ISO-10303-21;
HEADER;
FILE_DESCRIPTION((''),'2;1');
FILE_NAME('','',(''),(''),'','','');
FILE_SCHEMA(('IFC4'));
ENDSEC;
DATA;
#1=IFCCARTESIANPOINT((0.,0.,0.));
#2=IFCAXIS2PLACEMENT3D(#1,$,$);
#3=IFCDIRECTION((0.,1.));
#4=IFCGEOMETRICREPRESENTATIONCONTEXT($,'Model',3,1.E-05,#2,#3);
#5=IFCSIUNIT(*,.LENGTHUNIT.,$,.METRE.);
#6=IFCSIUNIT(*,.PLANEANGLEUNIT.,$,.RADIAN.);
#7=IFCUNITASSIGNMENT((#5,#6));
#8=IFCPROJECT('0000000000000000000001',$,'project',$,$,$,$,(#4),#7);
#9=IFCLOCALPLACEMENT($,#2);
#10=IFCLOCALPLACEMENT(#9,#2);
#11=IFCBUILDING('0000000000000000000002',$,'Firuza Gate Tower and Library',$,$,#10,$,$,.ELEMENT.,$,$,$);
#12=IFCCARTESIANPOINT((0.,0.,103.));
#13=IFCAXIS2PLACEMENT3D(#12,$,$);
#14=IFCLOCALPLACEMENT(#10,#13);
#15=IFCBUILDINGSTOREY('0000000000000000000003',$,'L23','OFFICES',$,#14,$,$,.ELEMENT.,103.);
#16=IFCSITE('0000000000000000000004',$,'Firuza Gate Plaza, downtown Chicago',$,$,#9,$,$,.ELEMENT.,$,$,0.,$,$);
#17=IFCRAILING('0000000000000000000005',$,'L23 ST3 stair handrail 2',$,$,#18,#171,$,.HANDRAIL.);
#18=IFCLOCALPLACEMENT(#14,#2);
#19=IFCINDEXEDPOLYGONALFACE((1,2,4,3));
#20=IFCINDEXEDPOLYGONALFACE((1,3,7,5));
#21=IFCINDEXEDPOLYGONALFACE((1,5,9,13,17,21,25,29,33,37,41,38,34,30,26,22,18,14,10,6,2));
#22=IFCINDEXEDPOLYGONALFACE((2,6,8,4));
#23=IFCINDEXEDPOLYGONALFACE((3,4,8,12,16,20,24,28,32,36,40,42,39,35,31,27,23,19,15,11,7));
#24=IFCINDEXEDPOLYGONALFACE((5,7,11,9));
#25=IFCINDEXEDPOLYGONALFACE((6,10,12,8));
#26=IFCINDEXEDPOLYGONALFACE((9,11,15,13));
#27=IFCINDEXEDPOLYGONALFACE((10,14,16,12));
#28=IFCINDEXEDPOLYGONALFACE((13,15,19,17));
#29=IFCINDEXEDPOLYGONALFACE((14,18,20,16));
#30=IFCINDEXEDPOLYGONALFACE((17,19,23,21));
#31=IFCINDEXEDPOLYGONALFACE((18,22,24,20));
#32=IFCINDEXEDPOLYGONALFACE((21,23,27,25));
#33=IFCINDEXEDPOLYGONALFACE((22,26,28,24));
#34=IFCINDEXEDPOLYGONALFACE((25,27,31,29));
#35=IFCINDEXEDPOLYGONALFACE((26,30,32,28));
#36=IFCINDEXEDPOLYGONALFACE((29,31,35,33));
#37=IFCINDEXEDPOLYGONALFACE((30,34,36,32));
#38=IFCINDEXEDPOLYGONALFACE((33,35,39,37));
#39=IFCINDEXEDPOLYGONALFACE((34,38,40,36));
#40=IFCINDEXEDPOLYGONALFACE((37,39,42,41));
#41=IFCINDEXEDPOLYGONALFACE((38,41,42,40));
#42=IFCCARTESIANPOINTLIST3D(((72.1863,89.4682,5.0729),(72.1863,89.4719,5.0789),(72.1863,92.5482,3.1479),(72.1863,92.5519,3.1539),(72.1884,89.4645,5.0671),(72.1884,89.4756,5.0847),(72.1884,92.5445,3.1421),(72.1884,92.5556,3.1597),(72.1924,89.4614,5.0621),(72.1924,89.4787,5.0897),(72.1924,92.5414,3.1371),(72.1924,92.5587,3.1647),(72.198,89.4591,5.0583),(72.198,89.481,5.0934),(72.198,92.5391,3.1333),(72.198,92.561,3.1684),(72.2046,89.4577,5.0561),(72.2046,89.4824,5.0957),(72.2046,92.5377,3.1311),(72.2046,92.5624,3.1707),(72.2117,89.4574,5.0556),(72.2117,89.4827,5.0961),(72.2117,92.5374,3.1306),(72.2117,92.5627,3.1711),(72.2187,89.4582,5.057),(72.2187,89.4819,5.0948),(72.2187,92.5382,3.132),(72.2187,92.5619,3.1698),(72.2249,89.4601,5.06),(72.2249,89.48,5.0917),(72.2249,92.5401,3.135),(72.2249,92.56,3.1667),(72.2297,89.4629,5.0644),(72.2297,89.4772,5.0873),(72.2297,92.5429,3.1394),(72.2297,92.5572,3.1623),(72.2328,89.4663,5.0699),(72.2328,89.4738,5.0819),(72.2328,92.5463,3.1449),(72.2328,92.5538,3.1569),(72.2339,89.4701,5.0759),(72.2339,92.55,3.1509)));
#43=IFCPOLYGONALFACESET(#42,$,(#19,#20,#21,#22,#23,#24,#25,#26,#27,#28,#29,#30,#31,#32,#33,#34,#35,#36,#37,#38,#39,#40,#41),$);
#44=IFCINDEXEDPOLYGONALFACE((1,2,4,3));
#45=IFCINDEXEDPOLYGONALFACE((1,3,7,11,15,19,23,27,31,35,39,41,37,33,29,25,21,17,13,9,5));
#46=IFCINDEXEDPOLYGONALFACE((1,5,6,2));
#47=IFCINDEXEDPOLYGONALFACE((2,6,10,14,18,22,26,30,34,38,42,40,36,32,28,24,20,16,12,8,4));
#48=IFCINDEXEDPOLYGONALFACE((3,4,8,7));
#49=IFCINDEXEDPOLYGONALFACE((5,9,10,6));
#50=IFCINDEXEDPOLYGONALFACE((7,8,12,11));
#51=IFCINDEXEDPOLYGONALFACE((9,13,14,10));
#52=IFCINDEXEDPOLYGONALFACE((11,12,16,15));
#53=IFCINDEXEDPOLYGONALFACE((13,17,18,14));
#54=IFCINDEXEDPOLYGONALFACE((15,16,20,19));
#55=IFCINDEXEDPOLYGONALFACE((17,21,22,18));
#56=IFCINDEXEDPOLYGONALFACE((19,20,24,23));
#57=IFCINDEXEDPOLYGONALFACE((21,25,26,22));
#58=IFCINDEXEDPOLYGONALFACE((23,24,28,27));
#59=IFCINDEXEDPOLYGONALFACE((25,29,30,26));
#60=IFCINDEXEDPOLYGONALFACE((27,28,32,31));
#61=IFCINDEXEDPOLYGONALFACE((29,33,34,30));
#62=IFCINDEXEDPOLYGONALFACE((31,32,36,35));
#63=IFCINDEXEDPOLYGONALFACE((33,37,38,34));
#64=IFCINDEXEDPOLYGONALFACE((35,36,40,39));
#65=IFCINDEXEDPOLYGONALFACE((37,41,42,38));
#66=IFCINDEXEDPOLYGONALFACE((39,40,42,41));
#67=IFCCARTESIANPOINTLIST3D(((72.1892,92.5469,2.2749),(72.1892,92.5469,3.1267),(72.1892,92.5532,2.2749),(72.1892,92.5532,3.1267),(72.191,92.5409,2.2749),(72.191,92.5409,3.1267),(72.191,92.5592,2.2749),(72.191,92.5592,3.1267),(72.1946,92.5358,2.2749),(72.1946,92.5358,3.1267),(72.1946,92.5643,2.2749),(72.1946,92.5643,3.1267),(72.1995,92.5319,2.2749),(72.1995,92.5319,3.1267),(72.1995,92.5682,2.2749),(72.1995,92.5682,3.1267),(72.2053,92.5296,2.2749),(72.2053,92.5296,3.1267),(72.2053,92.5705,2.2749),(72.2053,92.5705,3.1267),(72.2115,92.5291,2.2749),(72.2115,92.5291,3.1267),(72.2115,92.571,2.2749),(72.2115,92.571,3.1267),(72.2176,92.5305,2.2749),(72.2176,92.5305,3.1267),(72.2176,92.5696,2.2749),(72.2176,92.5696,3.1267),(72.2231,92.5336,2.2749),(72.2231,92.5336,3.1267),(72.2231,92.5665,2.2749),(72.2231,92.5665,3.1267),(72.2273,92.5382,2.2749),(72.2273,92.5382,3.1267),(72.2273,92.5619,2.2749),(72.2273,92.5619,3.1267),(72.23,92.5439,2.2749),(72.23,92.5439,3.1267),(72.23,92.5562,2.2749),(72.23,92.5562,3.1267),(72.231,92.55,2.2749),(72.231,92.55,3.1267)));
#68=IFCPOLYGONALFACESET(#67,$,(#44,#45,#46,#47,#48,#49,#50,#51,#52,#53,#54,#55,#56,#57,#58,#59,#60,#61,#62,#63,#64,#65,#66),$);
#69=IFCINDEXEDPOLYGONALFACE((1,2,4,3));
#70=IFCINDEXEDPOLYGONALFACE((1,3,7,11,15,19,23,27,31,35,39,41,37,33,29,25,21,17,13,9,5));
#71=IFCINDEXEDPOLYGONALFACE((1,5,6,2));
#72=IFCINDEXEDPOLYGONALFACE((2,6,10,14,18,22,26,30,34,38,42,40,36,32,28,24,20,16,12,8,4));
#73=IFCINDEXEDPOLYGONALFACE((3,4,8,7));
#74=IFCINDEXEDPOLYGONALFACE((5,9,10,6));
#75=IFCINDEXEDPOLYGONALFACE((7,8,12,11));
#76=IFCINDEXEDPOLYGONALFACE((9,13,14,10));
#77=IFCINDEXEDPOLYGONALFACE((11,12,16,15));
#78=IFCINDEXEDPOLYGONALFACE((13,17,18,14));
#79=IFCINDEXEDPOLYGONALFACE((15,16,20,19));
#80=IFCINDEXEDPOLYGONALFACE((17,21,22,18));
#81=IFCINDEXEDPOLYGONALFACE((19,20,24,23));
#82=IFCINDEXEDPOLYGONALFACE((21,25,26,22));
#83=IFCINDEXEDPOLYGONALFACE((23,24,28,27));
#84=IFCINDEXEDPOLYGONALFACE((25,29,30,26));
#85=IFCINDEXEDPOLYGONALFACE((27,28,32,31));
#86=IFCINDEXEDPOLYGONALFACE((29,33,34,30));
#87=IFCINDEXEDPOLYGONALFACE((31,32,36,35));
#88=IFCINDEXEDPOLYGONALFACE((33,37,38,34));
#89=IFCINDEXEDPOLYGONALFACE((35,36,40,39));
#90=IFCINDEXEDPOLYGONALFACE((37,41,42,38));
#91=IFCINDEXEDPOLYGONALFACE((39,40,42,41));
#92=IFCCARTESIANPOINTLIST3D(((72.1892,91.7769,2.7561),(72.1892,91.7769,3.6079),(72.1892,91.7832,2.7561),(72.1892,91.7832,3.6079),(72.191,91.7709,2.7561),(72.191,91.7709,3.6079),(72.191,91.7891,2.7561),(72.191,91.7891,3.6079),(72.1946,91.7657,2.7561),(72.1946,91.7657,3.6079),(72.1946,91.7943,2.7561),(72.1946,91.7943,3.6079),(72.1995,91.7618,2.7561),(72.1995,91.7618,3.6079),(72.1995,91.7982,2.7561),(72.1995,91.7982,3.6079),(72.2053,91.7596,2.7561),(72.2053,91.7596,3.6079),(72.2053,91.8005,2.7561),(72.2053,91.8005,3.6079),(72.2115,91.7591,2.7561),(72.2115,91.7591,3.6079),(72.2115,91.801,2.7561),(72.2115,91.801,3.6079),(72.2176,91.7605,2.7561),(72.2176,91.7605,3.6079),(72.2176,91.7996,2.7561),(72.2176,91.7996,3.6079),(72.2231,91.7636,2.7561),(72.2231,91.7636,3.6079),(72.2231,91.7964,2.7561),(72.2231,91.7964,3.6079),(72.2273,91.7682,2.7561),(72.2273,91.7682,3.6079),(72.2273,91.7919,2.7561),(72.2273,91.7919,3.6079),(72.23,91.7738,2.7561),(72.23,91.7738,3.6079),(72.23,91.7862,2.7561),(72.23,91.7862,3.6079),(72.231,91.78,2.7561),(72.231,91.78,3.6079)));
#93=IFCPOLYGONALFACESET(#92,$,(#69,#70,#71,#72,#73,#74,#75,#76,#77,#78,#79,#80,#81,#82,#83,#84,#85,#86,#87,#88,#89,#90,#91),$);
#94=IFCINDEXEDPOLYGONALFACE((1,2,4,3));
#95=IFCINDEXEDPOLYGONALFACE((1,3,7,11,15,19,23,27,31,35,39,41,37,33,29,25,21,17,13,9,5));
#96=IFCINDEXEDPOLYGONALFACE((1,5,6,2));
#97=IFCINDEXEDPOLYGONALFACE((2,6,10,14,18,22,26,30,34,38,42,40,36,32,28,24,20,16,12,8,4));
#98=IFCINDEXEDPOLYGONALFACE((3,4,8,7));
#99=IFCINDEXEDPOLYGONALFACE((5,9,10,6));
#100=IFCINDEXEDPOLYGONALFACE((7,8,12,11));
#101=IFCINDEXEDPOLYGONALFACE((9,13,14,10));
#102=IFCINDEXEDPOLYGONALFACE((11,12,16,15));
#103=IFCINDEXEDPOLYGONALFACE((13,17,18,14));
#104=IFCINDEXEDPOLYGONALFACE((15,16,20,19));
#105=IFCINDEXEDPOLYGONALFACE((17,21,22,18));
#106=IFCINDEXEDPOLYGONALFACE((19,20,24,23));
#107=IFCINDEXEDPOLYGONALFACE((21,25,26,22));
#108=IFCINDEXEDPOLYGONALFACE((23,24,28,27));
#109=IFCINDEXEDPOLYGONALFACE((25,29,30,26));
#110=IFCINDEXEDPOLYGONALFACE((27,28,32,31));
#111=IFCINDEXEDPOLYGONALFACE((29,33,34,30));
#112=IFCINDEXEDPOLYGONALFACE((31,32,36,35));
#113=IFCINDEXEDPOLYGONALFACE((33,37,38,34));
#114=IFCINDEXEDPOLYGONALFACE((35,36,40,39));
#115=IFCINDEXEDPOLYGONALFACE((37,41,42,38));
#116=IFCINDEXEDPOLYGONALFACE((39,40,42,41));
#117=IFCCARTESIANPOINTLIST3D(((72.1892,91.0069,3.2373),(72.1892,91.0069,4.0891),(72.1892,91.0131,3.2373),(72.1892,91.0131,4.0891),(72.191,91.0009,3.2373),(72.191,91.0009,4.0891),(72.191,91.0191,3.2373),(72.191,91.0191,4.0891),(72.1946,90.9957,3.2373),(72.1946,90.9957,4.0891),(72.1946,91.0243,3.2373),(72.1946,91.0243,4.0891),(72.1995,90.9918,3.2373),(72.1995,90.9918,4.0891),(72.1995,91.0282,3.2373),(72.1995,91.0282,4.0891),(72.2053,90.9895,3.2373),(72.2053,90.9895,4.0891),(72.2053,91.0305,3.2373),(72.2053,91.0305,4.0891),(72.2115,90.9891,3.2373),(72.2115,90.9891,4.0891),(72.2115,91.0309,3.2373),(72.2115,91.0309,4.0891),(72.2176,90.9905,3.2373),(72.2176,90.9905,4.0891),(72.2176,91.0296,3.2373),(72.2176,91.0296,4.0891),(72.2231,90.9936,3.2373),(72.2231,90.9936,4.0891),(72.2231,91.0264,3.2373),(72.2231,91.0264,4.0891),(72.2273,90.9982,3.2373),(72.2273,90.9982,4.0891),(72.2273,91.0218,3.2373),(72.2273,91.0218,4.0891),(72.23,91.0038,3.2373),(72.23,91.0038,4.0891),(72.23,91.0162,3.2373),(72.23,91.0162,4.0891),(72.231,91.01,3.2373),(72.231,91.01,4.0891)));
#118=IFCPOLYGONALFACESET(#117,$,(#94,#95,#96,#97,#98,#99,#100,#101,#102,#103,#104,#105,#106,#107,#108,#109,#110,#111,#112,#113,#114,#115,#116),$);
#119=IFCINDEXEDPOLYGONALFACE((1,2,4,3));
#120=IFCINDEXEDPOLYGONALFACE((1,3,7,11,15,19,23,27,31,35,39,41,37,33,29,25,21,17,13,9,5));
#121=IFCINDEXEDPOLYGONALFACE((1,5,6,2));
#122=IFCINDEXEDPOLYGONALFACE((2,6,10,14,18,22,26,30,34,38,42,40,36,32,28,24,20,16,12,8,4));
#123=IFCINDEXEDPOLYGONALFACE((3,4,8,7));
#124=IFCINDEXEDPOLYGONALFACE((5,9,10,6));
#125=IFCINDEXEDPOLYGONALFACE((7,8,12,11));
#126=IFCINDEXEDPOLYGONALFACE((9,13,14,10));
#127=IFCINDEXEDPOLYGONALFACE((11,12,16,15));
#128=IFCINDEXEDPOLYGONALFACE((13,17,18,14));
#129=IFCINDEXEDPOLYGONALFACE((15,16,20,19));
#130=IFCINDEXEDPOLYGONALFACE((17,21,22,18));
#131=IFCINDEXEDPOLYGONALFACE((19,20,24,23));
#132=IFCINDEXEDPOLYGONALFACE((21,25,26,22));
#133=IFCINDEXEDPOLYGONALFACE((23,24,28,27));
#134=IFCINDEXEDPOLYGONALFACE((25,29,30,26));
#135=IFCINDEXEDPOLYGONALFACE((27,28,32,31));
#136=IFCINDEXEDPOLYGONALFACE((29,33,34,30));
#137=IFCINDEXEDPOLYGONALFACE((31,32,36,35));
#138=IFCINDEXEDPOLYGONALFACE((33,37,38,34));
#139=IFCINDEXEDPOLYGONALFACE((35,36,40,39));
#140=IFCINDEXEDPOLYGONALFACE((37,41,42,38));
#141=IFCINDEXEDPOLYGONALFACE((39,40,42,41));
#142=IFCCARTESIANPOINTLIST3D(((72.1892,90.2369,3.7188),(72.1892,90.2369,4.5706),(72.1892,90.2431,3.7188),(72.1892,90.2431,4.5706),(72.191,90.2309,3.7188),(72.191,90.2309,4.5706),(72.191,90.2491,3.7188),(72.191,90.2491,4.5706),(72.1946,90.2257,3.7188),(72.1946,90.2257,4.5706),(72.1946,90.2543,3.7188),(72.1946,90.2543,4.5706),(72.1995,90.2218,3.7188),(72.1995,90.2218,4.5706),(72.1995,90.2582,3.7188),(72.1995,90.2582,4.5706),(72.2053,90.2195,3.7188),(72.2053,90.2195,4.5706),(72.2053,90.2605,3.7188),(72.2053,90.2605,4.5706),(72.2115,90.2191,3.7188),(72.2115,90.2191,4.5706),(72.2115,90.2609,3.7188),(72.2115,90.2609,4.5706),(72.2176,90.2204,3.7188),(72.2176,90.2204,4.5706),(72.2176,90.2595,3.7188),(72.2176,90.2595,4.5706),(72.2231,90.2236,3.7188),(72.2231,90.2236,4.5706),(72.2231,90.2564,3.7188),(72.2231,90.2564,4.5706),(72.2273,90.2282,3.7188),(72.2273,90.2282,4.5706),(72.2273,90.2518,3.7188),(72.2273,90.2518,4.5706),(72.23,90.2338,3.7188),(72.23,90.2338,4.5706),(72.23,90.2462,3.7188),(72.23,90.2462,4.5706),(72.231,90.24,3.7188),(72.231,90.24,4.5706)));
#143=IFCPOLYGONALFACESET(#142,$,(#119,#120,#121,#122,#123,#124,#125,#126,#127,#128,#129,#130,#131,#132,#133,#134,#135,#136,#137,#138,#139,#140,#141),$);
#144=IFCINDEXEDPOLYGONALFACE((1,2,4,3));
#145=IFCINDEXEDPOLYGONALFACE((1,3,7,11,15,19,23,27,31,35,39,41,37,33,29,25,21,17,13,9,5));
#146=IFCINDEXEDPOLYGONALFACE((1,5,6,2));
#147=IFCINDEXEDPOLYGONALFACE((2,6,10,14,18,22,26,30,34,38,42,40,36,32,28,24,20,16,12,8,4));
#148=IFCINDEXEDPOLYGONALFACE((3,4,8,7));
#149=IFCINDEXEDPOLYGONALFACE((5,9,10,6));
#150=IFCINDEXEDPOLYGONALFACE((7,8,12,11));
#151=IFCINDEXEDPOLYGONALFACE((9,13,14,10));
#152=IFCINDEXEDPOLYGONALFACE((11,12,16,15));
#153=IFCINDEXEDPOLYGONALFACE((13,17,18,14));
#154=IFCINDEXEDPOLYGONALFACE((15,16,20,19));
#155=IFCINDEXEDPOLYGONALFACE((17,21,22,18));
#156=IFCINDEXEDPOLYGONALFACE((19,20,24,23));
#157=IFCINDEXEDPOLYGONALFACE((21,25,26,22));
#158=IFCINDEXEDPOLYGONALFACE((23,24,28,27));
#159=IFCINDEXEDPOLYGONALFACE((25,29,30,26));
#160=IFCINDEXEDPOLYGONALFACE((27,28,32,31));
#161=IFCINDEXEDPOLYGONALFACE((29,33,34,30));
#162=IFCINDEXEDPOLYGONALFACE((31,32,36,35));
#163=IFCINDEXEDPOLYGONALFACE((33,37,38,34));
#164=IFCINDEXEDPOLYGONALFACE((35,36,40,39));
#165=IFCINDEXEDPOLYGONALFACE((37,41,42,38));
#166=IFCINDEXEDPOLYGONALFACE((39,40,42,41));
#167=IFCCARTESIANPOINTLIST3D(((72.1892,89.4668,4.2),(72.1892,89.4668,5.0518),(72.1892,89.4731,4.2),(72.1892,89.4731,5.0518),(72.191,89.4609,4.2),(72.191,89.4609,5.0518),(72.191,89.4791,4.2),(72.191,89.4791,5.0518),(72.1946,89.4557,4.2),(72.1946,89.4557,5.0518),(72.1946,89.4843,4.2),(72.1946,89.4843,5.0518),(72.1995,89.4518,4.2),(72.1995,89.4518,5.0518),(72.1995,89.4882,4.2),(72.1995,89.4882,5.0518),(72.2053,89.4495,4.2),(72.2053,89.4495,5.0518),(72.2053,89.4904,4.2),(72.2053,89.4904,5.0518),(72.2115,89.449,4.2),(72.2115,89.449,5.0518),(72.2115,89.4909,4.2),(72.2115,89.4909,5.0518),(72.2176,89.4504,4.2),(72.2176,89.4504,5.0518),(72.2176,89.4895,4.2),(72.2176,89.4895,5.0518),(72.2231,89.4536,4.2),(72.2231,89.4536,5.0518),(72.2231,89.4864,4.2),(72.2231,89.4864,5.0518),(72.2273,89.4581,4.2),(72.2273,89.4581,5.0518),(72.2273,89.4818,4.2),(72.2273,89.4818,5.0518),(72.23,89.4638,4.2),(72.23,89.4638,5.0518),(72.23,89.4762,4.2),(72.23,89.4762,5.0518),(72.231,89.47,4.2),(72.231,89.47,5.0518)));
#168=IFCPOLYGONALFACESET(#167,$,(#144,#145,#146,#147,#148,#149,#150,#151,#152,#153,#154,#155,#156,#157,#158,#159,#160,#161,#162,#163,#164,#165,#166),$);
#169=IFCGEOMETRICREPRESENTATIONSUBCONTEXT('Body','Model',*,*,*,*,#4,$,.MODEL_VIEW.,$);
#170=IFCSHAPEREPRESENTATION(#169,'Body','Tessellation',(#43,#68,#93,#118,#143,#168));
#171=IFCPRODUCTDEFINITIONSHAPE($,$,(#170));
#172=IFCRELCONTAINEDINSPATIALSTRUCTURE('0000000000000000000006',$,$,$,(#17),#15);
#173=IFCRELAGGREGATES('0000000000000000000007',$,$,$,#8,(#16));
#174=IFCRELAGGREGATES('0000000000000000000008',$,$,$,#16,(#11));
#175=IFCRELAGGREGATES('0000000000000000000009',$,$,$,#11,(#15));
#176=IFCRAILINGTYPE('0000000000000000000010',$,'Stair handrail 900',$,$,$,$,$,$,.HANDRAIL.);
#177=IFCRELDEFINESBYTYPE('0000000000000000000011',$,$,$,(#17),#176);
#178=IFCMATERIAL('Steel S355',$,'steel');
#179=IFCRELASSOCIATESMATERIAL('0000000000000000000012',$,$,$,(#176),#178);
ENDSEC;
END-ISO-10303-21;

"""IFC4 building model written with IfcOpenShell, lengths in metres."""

from ifc_helpers import new_model, si_unit, direction, frame, origin, origin_2d, place, context, subcontext, project, spatial, circle, extrude, material, type_object, element, save


model = new_model("IFC4")

# Units and contexts
model_context = context("Model", 3, precision=1e-05, world=origin(), true_north=direction((0.0, 1.0)))
body_context = subcontext(model_context, "Body", "Model", "MODEL_VIEW")
ifc_project = project(units=[si_unit("LENGTHUNIT", "METRE"), si_unit("PLANEANGLEUNIT", "RADIAN")], contexts=[model_context])

# Site, building, storey
site_placement = place(None, origin())
site = spatial("IfcSite", under=ifc_project, at=site_placement, Name="Firuza Gate Plaza, downtown Chicago", CompositionType="ELEMENT", RefElevation=0.0)
building_placement = place(site_placement, origin())
building = spatial("IfcBuilding", under=site, at=building_placement, Name="Firuza Gate Tower and Library", CompositionType="ELEMENT")
storey_placement = place(building_placement, frame((0.0, 0.0, 103.0)))
storey = spatial("IfcBuildingStorey", under=building, at=storey_placement, Name="L23", Description="OFFICES", CompositionType="ELEMENT", Elevation=103.0)

# Railing
ifc_material_1 = material(Name="Steel S355", Category="steel")
railing_type = type_object("IfcRailingType", Name="Stair handrail 900", PredefinedType="HANDRAIL", material=ifc_material_1)
railing_1_placement = place(storey_placement, frame((72.21, 92.55, 2.2749)))
element("IfcRailing", 1, at=railing_1_placement, inside=storey, type_object=railing_type, Name="L23 ST3 stair handrail 2", PredefinedType="HANDRAIL", context=body_context, shape_type="SweptSolid", body=[
    extrude(circle(Radius=0.0239, at=origin_2d()), frame((0.0, 0.0, 0.876), z_axis=(0.0, -0.847998, 0.529999), x_axis=(1.0, 0.0, 0.0)), (0.0, 0.0, 1.0), 3.6321),
    extrude(circle(Radius=0.021, at=origin_2d()), origin(), (0.0, 0.0, 1.0), 0.8518),
    extrude(circle(Radius=0.021, at=origin_2d()), frame((0.0, -0.77, 0.4812)), (0.0, 0.0, 1.0), 0.8518),
    extrude(circle(Radius=0.021, at=origin_2d()), frame((0.0, -1.54, 0.9624)), (0.0, 0.0, 1.0), 0.8518),
    extrude(circle(Radius=0.021, at=origin_2d()), frame((0.0, -2.3101, 1.4438)), (0.0, 0.0, 1.0), 0.8518),
    extrude(circle(Radius=0.021, at=origin_2d()), frame((0.0, -3.0801, 1.925)), (0.0, 0.0, 1.0), 0.8518),
])

save(model, "model.ifc")
